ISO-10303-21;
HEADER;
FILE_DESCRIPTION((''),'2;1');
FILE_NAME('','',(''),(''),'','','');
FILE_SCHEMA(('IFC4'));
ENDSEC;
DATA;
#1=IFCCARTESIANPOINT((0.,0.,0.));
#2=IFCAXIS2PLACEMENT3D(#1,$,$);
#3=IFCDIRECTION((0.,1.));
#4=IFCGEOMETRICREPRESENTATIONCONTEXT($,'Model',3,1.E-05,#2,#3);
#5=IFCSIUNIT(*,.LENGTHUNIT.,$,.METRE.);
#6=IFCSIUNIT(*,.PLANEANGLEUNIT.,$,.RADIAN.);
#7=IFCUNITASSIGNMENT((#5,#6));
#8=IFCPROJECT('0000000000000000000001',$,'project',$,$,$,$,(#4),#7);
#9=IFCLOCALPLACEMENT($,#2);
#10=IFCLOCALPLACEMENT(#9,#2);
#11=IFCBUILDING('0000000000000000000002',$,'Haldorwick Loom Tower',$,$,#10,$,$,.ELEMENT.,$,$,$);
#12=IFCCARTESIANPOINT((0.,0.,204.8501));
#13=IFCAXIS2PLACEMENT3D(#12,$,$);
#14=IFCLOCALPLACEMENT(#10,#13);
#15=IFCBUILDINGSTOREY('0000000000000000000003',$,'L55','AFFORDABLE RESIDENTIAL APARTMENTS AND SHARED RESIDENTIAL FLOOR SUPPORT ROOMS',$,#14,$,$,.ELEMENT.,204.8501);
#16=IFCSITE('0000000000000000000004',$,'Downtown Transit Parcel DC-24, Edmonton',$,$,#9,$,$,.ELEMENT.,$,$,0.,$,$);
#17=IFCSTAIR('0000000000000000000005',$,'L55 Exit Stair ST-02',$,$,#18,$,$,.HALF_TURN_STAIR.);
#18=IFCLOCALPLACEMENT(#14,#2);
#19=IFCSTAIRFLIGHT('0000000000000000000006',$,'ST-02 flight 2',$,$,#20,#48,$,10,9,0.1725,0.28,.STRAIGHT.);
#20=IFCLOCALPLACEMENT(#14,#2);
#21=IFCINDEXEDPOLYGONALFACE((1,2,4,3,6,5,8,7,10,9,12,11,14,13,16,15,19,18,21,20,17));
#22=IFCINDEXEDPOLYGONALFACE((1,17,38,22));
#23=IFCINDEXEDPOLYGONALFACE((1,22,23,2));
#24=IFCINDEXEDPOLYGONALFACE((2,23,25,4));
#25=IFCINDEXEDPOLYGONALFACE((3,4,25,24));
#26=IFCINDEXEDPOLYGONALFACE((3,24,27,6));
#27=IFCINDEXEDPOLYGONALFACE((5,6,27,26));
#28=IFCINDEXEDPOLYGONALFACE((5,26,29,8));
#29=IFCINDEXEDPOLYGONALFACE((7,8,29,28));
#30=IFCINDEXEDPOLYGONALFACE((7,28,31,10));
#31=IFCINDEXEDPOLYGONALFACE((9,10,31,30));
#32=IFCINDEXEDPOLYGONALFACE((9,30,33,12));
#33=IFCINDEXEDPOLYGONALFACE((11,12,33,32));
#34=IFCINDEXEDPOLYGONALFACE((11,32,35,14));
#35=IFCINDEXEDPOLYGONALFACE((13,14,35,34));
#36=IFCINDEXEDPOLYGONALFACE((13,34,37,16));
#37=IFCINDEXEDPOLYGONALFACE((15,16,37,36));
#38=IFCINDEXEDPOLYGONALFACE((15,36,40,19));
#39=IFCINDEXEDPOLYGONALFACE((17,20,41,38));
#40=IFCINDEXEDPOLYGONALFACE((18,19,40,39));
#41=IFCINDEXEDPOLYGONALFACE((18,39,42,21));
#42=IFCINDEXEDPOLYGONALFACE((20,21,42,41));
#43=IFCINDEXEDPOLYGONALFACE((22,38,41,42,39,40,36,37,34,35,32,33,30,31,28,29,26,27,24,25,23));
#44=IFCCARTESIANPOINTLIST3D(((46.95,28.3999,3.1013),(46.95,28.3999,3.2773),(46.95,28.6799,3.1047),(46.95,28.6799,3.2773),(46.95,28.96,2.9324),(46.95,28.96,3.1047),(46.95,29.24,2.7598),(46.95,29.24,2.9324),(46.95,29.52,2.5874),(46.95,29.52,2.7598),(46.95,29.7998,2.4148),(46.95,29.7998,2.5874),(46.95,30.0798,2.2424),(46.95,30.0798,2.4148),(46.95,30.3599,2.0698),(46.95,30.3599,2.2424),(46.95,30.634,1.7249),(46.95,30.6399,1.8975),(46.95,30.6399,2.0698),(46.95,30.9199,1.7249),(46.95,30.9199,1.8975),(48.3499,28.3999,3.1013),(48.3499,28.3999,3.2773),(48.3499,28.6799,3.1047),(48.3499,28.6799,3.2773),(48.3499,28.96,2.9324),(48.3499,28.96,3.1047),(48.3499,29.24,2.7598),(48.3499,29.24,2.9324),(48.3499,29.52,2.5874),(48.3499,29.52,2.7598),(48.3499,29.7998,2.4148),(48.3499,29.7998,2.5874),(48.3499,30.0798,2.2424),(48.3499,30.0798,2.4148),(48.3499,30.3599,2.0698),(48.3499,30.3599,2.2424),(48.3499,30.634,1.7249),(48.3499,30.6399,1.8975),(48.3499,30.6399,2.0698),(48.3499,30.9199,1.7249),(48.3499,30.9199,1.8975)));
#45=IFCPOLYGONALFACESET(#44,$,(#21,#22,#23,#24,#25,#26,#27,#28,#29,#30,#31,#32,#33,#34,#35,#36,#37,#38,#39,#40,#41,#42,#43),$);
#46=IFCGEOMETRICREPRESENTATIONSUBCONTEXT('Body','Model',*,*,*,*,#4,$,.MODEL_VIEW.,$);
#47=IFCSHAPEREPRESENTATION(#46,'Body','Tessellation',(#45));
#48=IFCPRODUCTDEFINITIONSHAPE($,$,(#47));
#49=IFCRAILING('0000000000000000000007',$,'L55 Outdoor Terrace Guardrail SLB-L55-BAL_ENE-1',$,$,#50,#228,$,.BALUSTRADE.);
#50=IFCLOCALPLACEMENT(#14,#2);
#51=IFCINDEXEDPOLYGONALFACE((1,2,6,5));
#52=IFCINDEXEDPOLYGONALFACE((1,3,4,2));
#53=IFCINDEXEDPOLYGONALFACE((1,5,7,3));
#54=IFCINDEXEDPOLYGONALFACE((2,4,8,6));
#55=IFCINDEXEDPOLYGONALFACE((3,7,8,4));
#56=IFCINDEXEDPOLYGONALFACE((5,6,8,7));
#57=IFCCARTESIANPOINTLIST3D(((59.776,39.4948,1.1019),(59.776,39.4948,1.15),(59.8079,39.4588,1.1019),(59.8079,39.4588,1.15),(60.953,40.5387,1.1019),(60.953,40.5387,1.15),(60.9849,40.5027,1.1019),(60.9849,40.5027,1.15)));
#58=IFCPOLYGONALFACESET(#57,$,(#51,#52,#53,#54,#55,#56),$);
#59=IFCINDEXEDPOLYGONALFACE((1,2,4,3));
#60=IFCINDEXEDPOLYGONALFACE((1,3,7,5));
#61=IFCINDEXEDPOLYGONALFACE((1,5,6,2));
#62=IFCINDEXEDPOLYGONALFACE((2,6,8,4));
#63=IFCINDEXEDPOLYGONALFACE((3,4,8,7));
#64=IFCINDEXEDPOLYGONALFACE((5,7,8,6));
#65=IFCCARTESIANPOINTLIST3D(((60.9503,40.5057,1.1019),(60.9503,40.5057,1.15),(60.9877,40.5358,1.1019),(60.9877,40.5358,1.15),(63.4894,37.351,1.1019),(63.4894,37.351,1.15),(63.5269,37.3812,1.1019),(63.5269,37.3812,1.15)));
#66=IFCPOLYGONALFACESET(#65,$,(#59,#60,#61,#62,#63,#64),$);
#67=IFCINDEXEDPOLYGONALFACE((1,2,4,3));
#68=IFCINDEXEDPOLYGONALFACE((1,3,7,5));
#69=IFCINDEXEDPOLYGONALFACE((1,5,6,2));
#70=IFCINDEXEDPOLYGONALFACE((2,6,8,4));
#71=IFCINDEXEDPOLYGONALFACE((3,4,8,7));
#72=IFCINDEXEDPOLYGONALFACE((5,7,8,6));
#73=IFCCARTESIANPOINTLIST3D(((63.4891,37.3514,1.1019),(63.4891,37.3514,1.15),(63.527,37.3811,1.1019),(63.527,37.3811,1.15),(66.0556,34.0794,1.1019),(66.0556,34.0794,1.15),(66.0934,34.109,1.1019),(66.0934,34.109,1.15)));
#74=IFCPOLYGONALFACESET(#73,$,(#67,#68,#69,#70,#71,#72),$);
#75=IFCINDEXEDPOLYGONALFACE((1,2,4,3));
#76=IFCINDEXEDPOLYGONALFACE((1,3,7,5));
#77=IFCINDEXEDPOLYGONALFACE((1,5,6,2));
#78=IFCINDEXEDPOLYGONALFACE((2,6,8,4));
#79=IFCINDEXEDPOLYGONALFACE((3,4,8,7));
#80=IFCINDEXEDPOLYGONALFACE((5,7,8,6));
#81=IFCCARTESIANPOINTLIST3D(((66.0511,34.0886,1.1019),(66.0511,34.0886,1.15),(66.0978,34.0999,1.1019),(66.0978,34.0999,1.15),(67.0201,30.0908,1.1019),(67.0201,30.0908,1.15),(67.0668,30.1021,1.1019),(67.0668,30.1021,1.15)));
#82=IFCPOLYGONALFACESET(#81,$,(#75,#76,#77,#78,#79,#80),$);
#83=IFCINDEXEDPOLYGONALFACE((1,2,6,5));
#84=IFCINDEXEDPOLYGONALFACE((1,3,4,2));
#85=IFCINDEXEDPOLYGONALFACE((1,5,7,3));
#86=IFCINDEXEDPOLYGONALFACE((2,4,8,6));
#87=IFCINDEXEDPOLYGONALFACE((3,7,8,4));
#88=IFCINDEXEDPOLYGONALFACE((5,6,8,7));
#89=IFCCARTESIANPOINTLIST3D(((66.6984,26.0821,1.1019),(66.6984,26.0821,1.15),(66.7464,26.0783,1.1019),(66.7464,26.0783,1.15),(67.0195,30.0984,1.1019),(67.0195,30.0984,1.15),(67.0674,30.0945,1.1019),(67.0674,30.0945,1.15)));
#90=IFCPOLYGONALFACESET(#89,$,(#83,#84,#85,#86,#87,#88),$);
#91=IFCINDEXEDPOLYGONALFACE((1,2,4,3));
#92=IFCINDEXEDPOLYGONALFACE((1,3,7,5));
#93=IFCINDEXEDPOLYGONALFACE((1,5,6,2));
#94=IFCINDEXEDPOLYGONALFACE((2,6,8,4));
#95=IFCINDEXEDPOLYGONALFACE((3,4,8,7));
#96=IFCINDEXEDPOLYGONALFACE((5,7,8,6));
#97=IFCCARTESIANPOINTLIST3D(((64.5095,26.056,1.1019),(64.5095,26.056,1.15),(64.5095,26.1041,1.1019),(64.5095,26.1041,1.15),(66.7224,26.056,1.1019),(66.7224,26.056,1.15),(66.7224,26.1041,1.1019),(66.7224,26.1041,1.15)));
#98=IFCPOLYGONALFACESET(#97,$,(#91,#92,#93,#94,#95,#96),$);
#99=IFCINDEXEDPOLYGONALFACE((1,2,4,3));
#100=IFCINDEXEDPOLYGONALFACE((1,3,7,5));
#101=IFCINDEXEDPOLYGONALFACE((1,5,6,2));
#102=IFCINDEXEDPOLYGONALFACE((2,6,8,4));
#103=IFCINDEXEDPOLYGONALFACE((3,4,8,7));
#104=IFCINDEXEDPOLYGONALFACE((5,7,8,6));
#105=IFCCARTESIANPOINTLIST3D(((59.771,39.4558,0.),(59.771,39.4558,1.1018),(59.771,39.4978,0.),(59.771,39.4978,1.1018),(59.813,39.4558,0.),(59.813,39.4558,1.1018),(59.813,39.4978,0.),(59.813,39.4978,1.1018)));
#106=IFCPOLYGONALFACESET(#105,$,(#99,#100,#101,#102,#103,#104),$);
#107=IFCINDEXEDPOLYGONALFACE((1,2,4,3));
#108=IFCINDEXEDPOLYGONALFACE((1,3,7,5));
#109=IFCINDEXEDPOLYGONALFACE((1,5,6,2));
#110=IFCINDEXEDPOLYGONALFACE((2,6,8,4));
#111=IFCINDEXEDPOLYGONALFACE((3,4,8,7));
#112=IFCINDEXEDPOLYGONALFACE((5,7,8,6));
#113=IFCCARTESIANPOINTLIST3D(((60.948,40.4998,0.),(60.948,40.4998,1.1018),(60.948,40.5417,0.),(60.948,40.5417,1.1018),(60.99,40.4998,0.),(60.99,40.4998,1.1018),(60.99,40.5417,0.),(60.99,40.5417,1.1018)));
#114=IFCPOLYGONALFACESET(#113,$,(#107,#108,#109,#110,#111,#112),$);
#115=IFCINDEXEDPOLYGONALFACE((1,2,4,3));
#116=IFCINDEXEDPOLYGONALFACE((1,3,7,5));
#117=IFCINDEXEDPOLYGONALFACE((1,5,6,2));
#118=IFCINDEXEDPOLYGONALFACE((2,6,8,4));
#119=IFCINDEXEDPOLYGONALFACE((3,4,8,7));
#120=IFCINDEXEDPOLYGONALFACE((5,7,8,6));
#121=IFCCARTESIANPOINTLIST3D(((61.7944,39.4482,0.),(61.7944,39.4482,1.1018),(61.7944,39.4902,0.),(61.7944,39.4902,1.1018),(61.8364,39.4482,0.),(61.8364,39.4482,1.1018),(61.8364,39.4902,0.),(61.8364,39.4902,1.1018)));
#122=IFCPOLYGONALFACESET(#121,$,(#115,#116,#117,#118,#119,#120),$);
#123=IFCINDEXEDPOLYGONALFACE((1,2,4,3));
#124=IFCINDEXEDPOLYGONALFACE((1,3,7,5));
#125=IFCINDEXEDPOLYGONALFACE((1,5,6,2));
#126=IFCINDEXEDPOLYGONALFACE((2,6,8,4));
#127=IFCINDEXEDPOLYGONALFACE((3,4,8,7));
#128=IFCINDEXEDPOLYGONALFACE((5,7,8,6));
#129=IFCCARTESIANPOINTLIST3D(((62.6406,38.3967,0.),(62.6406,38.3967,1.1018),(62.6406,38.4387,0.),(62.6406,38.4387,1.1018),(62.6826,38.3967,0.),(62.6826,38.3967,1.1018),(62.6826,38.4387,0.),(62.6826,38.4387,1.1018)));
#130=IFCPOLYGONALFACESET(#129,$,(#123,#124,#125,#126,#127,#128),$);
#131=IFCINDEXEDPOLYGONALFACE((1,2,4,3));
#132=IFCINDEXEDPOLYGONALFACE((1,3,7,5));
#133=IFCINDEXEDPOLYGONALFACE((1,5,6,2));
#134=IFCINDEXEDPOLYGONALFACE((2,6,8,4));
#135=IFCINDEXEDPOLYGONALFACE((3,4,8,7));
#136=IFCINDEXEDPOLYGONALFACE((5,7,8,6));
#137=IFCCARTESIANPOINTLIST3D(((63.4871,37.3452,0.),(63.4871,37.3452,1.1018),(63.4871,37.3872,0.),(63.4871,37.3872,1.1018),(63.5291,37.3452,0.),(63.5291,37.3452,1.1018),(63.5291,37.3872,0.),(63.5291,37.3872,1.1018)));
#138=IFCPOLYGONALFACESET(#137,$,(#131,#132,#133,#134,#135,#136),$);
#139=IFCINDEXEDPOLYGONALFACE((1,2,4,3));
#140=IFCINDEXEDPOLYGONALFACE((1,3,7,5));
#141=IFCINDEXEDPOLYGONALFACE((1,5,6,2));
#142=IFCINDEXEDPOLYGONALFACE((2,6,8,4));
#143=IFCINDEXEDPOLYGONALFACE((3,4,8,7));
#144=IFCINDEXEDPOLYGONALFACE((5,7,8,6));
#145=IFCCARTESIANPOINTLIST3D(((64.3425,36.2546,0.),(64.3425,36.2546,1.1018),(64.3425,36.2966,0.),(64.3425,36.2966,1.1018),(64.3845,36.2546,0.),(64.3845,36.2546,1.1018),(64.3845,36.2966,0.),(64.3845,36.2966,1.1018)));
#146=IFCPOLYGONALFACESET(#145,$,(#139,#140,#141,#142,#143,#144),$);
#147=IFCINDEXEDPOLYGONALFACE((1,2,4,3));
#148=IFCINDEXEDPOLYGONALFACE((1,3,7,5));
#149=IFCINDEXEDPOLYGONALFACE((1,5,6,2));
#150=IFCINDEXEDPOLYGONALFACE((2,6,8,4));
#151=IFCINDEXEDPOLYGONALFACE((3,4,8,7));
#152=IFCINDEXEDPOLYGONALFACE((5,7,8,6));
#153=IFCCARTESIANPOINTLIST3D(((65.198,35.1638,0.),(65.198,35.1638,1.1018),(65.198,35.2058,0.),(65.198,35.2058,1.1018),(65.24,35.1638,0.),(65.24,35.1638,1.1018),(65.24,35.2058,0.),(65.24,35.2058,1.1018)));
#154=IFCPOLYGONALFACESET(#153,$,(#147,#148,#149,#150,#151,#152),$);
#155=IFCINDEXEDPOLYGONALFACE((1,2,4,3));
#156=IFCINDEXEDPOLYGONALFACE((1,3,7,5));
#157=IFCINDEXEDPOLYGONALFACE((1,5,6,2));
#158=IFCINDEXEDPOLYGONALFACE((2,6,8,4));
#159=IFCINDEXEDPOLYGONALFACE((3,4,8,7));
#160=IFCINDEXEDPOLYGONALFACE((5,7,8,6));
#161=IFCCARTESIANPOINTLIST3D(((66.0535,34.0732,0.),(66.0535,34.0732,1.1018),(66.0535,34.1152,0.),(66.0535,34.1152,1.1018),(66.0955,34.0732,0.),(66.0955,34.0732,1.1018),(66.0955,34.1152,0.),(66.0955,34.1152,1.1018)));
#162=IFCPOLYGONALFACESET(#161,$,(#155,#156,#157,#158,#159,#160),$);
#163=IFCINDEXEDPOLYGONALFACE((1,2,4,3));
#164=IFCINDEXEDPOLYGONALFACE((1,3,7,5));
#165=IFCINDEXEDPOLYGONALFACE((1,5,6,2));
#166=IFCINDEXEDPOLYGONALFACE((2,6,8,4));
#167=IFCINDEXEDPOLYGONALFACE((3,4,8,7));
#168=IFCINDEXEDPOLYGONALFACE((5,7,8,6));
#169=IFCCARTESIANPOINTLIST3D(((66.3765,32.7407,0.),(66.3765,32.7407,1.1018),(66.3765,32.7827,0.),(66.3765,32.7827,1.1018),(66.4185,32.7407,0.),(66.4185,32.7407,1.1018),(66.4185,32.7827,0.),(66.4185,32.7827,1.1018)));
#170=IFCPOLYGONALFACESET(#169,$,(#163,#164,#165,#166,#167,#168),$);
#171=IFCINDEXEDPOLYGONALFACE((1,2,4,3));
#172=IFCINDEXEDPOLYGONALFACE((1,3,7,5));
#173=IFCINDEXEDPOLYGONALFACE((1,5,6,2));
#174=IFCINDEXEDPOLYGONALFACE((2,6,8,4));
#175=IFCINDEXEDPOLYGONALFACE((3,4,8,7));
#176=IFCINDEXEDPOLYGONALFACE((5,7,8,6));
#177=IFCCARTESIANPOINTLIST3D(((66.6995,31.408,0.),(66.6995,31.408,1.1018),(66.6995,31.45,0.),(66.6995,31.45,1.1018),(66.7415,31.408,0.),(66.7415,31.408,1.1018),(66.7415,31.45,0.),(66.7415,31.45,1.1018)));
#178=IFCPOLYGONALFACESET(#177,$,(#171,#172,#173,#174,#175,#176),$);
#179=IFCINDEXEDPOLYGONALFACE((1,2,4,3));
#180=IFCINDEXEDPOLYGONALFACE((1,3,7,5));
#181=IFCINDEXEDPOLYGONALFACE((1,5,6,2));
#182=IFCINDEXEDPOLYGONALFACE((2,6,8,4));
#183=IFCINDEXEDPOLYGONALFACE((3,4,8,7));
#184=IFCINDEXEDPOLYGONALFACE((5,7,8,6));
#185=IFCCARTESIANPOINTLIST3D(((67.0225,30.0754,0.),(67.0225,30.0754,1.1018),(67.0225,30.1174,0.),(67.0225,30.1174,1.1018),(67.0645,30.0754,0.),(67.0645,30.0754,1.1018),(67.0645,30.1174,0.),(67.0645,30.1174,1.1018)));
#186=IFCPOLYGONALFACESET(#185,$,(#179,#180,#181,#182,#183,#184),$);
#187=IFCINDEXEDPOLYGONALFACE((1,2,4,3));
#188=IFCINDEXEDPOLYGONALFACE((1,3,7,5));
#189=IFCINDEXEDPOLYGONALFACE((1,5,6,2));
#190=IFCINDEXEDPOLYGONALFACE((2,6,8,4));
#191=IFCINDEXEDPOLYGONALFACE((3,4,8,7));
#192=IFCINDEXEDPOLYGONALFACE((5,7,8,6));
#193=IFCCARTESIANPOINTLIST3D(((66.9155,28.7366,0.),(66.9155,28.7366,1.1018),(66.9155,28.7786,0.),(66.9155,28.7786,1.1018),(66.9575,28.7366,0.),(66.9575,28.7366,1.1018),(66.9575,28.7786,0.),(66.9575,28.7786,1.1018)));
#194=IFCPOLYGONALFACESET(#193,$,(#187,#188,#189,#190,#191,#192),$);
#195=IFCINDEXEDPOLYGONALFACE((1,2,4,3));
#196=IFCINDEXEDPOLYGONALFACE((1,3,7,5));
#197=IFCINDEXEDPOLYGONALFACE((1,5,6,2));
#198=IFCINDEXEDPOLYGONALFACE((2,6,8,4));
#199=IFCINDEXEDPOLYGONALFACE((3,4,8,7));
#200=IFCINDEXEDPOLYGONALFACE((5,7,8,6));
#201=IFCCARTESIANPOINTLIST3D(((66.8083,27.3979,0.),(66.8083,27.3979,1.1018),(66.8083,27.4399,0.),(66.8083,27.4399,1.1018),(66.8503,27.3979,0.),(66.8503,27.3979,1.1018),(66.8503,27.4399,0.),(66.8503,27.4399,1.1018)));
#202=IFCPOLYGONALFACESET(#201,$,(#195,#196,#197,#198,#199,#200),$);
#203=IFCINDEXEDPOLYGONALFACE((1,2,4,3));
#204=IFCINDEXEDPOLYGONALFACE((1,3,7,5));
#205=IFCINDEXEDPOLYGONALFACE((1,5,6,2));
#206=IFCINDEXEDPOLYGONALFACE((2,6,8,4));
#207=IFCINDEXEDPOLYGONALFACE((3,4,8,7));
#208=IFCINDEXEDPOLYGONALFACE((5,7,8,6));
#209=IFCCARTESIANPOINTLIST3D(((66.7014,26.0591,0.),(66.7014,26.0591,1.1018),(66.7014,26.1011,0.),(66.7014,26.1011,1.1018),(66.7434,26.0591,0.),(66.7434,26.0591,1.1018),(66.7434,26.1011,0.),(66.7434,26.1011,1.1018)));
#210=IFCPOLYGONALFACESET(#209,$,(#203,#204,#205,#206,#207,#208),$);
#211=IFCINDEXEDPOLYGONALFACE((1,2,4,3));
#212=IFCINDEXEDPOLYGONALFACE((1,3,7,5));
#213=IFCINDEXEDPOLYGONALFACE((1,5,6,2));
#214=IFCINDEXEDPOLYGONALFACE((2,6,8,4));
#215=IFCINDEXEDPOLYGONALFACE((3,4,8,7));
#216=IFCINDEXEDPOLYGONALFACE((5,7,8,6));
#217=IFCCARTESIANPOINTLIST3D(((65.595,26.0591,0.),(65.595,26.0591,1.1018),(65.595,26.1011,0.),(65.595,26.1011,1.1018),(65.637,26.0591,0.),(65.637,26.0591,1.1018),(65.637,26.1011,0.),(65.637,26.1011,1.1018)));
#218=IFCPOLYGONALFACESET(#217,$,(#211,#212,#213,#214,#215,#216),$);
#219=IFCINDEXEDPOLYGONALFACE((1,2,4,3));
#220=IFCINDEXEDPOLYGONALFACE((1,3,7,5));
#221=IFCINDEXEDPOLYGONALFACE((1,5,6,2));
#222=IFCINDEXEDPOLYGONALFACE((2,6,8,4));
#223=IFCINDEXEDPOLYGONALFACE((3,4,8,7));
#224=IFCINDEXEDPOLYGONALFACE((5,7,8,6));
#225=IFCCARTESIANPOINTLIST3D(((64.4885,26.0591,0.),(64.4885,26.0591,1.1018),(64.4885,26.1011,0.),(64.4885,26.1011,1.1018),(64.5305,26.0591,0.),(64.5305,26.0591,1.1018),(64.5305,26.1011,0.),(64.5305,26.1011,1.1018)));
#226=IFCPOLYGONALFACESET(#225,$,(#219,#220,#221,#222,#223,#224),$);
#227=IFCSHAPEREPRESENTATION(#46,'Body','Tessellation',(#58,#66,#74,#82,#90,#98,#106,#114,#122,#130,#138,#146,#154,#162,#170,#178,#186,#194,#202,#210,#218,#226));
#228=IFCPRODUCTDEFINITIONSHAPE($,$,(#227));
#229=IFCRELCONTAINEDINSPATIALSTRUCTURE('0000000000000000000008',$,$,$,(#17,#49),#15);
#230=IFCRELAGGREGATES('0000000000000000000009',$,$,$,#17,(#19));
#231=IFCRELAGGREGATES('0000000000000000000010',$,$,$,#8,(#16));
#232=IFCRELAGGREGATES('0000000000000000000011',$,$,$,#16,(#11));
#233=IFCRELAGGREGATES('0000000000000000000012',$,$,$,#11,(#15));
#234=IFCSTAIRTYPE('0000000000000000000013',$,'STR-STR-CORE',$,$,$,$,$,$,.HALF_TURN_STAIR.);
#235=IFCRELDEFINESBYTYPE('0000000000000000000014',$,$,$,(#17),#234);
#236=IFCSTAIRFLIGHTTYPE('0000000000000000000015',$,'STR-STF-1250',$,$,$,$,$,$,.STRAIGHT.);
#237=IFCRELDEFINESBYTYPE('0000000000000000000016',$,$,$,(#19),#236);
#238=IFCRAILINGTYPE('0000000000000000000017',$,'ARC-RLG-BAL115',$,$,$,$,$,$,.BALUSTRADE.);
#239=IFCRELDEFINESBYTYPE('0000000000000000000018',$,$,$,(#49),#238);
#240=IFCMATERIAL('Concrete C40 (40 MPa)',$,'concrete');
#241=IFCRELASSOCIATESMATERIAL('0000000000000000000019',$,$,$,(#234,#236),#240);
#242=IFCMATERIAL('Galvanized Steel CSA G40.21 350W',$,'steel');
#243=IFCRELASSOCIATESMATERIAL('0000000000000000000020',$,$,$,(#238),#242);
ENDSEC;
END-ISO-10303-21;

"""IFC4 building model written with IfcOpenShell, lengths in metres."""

from ifc_helpers import new_model, si_unit, direction, frame, origin, origin_2d, place, context, subcontext, project, spatial, polyline, rectangle, outline, extrude, material, type_object, element, aggregate, save


model = new_model("IFC4")

# Units and contexts
model_context = context("Model", 3, precision=1e-05, world=origin(), true_north=direction((0.0, 1.0)))
body_context = subcontext(model_context, "Body", "Model", "MODEL_VIEW")
ifc_project = project(units=[si_unit("LENGTHUNIT", "METRE"), si_unit("PLANEANGLEUNIT", "RADIAN")], contexts=[model_context])

# Site, building, storey
site_placement = place(None, origin())
site = spatial("IfcSite", under=ifc_project, at=site_placement, Name="Downtown Transit Parcel DC-24, Edmonton", CompositionType="ELEMENT", RefElevation=0.0)
building_placement = place(site_placement, origin())
building = spatial("IfcBuilding", under=site, at=building_placement, Name="Haldorwick Loom Tower", CompositionType="ELEMENT")
storey_placement = place(building_placement, frame((0.0, 0.0, 204.8501)))
storey = spatial("IfcBuildingStorey", under=building, at=storey_placement, Name="L55", Description="AFFORDABLE RESIDENTIAL APARTMENTS AND SHARED RESIDENTIAL FLOOR SUPPORT ROOMS", CompositionType="ELEMENT", Elevation=204.8501)

# Stair, stair flight
ifc_material_1 = material(Name="Concrete C40 (40 MPa)", Category="concrete")
stair_type = type_object("IfcStairType", Name="STR-STR-CORE", PredefinedType="HALF_TURN_STAIR", material=ifc_material_1)
stair_placement = place(storey_placement, origin())
stair = element("IfcStair", 1, at=stair_placement, inside=storey, type_object=stair_type, Name="L55 Exit Stair ST-02", PredefinedType="HALF_TURN_STAIR")
stair_flight_type = type_object("IfcStairFlightType", Name="STR-STF-1250", PredefinedType="STRAIGHT", material=ifc_material_1)
stair_flight_1_placement = place(storey_placement, frame((47.6499, 30.9199, 1.7249), z_axis=(0.0, 0.0, 1.0), x_axis=(0.0, -1.0, 0.0)))
stair_flight_1 = element("IfcStairFlight", 2, at=stair_flight_1_placement, type_object=stair_flight_type, Name="ST-02 flight 2", NumberOfRisers=10, NumberOfTreads=9, PredefinedType="STRAIGHT", RiserHeight=0.1725, TreadLength=0.28, context=body_context, shape_type="SweptSolid", body=[
    extrude(outline(polyline([(0.0, 0.0), (0.0, 0.1726), (0.28, 0.1726), (0.28, 0.345), (0.5601, 0.345), (0.5601, 0.5176), (0.8401, 0.5176), (0.8401, 0.6899), (1.1201, 0.6899), (1.1201, 0.8625), (1.3999, 0.8625), (1.3999, 1.0349), (1.6799, 1.0349), (1.6799, 1.2075), (1.96, 1.2075), (1.96, 1.3799), (2.24, 1.3799), (2.24, 1.5525), (2.52, 1.5525), (2.52, 1.7251), (2.52, 1.3765), (0.2859, 0.0), (0.0, 0.0)])), frame((0.0, 0.7, 0.0), z_axis=(0.0, -1.0, 0.0), x_axis=(1.0, 0.0, 0.0)), (0.0, 0.0, 1.0), 1.3999),
])
aggregate(stair, [stair_flight_1])

# Railing
ifc_material_2 = material(Name="Galvanized Steel CSA G40.21 350W", Category="steel")
railing_type_1 = type_object("IfcRailingType", Name="ARC-RLG-BAL115", PredefinedType="BALUSTRADE", material=ifc_material_2)
railing_1_placement = place(storey_placement, frame((59.792, 39.4768, 0.0)))
element("IfcRailing", 3, at=railing_1_placement, inside=storey, type_object=railing_type_1, Name="L55 Outdoor Terrace Guardrail SLB-L55-BAL_ENE-1", PredefinedType="BALUSTRADE", context=body_context, shape_type="SweptSolid", body=[
    extrude(rectangle(XDim=0.0481, YDim=0.0481, at=origin_2d()), frame((0.0, 0.0, 1.126), z_axis=(0.748128, 0.663554, 0.0), x_axis=(-0.663554, 0.748128, 0.0)), (0.0, 0.0, 1.0), 1.5732),
    extrude(rectangle(XDim=0.0481, YDim=0.0481, at=origin_2d()), frame((1.177, 1.0439, 1.126), z_axis=(0.627016, -0.779007, 0.0), x_axis=(0.779007, 0.627016, 0.0)), (0.0, 0.0, 1.0), 4.0496),
    extrude(rectangle(XDim=0.0481, YDim=0.0481, at=origin_2d()), frame((3.7161, -2.1106, 1.126), z_axis=(0.617163, -0.786836, 0.0), x_axis=(0.786836, 0.617163, 0.0)), (0.0, 0.0, 1.0), 4.1584),
    extrude(rectangle(XDim=0.0481, YDim=0.0481, at=origin_2d()), frame((6.2825, -5.3826, 1.126), z_axis=(0.235561, -0.97186, 0.0), x_axis=(0.97186, 0.235561, 0.0)), (0.0, 0.0, 1.0), 4.1135),
    extrude(rectangle(XDim=0.0481, YDim=0.0481, at=origin_2d()), frame((7.2515, -9.3804, 1.126), z_axis=(-0.07968, -0.99682, 0.0), x_axis=(0.99682, -0.07968, 0.0)), (0.0, 0.0, 1.0), 4.0291),
    extrude(rectangle(XDim=0.0481, YDim=0.0481, at=origin_2d()), frame((6.9304, -13.3967, 1.126), z_axis=(-1.0, 0.0, 0.0), x_axis=(0.0, -1.0, 0.0)), (0.0, 0.0, 1.0), 2.2129),
    extrude(rectangle(XDim=0.042, YDim=0.042, at=origin_2d()), origin(), (0.0, 0.0, 1.0), 1.1018),
    extrude(rectangle(XDim=0.042, YDim=0.042, at=origin_2d()), frame((1.177, 1.0439, 0.0)), (0.0, 0.0, 1.0), 1.1018),
    extrude(rectangle(XDim=0.042, YDim=0.042, at=origin_2d()), frame((2.0234, -0.0076, 0.0)), (0.0, 0.0, 1.0), 1.1018),
    extrude(rectangle(XDim=0.042, YDim=0.042, at=origin_2d()), frame((2.8696, -1.0591, 0.0)), (0.0, 0.0, 1.0), 1.1018),
    extrude(rectangle(XDim=0.042, YDim=0.042, at=origin_2d()), frame((3.7161, -2.1106, 0.0)), (0.0, 0.0, 1.0), 1.1018),
    extrude(rectangle(XDim=0.042, YDim=0.042, at=origin_2d()), frame((4.5715, -3.2012, 0.0)), (0.0, 0.0, 1.0), 1.1018),
    extrude(rectangle(XDim=0.042, YDim=0.042, at=origin_2d()), frame((5.427, -4.292, 0.0)), (0.0, 0.0, 1.0), 1.1018),
    extrude(rectangle(XDim=0.042, YDim=0.042, at=origin_2d()), frame((6.2825, -5.3826, 0.0)), (0.0, 0.0, 1.0), 1.1018),
    extrude(rectangle(XDim=0.042, YDim=0.042, at=origin_2d()), frame((6.6055, -6.7151, 0.0)), (0.0, 0.0, 1.0), 1.1018),
    extrude(rectangle(XDim=0.042, YDim=0.042, at=origin_2d()), frame((6.9285, -8.0479, 0.0)), (0.0, 0.0, 1.0), 1.1018),
    extrude(rectangle(XDim=0.042, YDim=0.042, at=origin_2d()), frame((7.2515, -9.3804, 0.0)), (0.0, 0.0, 1.0), 1.1018),
    extrude(rectangle(XDim=0.042, YDim=0.042, at=origin_2d()), frame((7.1445, -10.7192, 0.0)), (0.0, 0.0, 1.0), 1.1018),
    extrude(rectangle(XDim=0.042, YDim=0.042, at=origin_2d()), frame((7.0374, -12.0579, 0.0)), (0.0, 0.0, 1.0), 1.1018),
    extrude(rectangle(XDim=0.042, YDim=0.042, at=origin_2d()), frame((6.9304, -13.3967, 0.0)), (0.0, 0.0, 1.0), 1.1018),
    extrude(rectangle(XDim=0.042, YDim=0.042, at=origin_2d()), frame((5.824, -13.3967, 0.0)), (0.0, 0.0, 1.0), 1.1018),
    extrude(rectangle(XDim=0.042, YDim=0.042, at=origin_2d()), frame((4.7175, -13.3967, 0.0)), (0.0, 0.0, 1.0), 1.1018),
])

save(model, "model.ifc")
